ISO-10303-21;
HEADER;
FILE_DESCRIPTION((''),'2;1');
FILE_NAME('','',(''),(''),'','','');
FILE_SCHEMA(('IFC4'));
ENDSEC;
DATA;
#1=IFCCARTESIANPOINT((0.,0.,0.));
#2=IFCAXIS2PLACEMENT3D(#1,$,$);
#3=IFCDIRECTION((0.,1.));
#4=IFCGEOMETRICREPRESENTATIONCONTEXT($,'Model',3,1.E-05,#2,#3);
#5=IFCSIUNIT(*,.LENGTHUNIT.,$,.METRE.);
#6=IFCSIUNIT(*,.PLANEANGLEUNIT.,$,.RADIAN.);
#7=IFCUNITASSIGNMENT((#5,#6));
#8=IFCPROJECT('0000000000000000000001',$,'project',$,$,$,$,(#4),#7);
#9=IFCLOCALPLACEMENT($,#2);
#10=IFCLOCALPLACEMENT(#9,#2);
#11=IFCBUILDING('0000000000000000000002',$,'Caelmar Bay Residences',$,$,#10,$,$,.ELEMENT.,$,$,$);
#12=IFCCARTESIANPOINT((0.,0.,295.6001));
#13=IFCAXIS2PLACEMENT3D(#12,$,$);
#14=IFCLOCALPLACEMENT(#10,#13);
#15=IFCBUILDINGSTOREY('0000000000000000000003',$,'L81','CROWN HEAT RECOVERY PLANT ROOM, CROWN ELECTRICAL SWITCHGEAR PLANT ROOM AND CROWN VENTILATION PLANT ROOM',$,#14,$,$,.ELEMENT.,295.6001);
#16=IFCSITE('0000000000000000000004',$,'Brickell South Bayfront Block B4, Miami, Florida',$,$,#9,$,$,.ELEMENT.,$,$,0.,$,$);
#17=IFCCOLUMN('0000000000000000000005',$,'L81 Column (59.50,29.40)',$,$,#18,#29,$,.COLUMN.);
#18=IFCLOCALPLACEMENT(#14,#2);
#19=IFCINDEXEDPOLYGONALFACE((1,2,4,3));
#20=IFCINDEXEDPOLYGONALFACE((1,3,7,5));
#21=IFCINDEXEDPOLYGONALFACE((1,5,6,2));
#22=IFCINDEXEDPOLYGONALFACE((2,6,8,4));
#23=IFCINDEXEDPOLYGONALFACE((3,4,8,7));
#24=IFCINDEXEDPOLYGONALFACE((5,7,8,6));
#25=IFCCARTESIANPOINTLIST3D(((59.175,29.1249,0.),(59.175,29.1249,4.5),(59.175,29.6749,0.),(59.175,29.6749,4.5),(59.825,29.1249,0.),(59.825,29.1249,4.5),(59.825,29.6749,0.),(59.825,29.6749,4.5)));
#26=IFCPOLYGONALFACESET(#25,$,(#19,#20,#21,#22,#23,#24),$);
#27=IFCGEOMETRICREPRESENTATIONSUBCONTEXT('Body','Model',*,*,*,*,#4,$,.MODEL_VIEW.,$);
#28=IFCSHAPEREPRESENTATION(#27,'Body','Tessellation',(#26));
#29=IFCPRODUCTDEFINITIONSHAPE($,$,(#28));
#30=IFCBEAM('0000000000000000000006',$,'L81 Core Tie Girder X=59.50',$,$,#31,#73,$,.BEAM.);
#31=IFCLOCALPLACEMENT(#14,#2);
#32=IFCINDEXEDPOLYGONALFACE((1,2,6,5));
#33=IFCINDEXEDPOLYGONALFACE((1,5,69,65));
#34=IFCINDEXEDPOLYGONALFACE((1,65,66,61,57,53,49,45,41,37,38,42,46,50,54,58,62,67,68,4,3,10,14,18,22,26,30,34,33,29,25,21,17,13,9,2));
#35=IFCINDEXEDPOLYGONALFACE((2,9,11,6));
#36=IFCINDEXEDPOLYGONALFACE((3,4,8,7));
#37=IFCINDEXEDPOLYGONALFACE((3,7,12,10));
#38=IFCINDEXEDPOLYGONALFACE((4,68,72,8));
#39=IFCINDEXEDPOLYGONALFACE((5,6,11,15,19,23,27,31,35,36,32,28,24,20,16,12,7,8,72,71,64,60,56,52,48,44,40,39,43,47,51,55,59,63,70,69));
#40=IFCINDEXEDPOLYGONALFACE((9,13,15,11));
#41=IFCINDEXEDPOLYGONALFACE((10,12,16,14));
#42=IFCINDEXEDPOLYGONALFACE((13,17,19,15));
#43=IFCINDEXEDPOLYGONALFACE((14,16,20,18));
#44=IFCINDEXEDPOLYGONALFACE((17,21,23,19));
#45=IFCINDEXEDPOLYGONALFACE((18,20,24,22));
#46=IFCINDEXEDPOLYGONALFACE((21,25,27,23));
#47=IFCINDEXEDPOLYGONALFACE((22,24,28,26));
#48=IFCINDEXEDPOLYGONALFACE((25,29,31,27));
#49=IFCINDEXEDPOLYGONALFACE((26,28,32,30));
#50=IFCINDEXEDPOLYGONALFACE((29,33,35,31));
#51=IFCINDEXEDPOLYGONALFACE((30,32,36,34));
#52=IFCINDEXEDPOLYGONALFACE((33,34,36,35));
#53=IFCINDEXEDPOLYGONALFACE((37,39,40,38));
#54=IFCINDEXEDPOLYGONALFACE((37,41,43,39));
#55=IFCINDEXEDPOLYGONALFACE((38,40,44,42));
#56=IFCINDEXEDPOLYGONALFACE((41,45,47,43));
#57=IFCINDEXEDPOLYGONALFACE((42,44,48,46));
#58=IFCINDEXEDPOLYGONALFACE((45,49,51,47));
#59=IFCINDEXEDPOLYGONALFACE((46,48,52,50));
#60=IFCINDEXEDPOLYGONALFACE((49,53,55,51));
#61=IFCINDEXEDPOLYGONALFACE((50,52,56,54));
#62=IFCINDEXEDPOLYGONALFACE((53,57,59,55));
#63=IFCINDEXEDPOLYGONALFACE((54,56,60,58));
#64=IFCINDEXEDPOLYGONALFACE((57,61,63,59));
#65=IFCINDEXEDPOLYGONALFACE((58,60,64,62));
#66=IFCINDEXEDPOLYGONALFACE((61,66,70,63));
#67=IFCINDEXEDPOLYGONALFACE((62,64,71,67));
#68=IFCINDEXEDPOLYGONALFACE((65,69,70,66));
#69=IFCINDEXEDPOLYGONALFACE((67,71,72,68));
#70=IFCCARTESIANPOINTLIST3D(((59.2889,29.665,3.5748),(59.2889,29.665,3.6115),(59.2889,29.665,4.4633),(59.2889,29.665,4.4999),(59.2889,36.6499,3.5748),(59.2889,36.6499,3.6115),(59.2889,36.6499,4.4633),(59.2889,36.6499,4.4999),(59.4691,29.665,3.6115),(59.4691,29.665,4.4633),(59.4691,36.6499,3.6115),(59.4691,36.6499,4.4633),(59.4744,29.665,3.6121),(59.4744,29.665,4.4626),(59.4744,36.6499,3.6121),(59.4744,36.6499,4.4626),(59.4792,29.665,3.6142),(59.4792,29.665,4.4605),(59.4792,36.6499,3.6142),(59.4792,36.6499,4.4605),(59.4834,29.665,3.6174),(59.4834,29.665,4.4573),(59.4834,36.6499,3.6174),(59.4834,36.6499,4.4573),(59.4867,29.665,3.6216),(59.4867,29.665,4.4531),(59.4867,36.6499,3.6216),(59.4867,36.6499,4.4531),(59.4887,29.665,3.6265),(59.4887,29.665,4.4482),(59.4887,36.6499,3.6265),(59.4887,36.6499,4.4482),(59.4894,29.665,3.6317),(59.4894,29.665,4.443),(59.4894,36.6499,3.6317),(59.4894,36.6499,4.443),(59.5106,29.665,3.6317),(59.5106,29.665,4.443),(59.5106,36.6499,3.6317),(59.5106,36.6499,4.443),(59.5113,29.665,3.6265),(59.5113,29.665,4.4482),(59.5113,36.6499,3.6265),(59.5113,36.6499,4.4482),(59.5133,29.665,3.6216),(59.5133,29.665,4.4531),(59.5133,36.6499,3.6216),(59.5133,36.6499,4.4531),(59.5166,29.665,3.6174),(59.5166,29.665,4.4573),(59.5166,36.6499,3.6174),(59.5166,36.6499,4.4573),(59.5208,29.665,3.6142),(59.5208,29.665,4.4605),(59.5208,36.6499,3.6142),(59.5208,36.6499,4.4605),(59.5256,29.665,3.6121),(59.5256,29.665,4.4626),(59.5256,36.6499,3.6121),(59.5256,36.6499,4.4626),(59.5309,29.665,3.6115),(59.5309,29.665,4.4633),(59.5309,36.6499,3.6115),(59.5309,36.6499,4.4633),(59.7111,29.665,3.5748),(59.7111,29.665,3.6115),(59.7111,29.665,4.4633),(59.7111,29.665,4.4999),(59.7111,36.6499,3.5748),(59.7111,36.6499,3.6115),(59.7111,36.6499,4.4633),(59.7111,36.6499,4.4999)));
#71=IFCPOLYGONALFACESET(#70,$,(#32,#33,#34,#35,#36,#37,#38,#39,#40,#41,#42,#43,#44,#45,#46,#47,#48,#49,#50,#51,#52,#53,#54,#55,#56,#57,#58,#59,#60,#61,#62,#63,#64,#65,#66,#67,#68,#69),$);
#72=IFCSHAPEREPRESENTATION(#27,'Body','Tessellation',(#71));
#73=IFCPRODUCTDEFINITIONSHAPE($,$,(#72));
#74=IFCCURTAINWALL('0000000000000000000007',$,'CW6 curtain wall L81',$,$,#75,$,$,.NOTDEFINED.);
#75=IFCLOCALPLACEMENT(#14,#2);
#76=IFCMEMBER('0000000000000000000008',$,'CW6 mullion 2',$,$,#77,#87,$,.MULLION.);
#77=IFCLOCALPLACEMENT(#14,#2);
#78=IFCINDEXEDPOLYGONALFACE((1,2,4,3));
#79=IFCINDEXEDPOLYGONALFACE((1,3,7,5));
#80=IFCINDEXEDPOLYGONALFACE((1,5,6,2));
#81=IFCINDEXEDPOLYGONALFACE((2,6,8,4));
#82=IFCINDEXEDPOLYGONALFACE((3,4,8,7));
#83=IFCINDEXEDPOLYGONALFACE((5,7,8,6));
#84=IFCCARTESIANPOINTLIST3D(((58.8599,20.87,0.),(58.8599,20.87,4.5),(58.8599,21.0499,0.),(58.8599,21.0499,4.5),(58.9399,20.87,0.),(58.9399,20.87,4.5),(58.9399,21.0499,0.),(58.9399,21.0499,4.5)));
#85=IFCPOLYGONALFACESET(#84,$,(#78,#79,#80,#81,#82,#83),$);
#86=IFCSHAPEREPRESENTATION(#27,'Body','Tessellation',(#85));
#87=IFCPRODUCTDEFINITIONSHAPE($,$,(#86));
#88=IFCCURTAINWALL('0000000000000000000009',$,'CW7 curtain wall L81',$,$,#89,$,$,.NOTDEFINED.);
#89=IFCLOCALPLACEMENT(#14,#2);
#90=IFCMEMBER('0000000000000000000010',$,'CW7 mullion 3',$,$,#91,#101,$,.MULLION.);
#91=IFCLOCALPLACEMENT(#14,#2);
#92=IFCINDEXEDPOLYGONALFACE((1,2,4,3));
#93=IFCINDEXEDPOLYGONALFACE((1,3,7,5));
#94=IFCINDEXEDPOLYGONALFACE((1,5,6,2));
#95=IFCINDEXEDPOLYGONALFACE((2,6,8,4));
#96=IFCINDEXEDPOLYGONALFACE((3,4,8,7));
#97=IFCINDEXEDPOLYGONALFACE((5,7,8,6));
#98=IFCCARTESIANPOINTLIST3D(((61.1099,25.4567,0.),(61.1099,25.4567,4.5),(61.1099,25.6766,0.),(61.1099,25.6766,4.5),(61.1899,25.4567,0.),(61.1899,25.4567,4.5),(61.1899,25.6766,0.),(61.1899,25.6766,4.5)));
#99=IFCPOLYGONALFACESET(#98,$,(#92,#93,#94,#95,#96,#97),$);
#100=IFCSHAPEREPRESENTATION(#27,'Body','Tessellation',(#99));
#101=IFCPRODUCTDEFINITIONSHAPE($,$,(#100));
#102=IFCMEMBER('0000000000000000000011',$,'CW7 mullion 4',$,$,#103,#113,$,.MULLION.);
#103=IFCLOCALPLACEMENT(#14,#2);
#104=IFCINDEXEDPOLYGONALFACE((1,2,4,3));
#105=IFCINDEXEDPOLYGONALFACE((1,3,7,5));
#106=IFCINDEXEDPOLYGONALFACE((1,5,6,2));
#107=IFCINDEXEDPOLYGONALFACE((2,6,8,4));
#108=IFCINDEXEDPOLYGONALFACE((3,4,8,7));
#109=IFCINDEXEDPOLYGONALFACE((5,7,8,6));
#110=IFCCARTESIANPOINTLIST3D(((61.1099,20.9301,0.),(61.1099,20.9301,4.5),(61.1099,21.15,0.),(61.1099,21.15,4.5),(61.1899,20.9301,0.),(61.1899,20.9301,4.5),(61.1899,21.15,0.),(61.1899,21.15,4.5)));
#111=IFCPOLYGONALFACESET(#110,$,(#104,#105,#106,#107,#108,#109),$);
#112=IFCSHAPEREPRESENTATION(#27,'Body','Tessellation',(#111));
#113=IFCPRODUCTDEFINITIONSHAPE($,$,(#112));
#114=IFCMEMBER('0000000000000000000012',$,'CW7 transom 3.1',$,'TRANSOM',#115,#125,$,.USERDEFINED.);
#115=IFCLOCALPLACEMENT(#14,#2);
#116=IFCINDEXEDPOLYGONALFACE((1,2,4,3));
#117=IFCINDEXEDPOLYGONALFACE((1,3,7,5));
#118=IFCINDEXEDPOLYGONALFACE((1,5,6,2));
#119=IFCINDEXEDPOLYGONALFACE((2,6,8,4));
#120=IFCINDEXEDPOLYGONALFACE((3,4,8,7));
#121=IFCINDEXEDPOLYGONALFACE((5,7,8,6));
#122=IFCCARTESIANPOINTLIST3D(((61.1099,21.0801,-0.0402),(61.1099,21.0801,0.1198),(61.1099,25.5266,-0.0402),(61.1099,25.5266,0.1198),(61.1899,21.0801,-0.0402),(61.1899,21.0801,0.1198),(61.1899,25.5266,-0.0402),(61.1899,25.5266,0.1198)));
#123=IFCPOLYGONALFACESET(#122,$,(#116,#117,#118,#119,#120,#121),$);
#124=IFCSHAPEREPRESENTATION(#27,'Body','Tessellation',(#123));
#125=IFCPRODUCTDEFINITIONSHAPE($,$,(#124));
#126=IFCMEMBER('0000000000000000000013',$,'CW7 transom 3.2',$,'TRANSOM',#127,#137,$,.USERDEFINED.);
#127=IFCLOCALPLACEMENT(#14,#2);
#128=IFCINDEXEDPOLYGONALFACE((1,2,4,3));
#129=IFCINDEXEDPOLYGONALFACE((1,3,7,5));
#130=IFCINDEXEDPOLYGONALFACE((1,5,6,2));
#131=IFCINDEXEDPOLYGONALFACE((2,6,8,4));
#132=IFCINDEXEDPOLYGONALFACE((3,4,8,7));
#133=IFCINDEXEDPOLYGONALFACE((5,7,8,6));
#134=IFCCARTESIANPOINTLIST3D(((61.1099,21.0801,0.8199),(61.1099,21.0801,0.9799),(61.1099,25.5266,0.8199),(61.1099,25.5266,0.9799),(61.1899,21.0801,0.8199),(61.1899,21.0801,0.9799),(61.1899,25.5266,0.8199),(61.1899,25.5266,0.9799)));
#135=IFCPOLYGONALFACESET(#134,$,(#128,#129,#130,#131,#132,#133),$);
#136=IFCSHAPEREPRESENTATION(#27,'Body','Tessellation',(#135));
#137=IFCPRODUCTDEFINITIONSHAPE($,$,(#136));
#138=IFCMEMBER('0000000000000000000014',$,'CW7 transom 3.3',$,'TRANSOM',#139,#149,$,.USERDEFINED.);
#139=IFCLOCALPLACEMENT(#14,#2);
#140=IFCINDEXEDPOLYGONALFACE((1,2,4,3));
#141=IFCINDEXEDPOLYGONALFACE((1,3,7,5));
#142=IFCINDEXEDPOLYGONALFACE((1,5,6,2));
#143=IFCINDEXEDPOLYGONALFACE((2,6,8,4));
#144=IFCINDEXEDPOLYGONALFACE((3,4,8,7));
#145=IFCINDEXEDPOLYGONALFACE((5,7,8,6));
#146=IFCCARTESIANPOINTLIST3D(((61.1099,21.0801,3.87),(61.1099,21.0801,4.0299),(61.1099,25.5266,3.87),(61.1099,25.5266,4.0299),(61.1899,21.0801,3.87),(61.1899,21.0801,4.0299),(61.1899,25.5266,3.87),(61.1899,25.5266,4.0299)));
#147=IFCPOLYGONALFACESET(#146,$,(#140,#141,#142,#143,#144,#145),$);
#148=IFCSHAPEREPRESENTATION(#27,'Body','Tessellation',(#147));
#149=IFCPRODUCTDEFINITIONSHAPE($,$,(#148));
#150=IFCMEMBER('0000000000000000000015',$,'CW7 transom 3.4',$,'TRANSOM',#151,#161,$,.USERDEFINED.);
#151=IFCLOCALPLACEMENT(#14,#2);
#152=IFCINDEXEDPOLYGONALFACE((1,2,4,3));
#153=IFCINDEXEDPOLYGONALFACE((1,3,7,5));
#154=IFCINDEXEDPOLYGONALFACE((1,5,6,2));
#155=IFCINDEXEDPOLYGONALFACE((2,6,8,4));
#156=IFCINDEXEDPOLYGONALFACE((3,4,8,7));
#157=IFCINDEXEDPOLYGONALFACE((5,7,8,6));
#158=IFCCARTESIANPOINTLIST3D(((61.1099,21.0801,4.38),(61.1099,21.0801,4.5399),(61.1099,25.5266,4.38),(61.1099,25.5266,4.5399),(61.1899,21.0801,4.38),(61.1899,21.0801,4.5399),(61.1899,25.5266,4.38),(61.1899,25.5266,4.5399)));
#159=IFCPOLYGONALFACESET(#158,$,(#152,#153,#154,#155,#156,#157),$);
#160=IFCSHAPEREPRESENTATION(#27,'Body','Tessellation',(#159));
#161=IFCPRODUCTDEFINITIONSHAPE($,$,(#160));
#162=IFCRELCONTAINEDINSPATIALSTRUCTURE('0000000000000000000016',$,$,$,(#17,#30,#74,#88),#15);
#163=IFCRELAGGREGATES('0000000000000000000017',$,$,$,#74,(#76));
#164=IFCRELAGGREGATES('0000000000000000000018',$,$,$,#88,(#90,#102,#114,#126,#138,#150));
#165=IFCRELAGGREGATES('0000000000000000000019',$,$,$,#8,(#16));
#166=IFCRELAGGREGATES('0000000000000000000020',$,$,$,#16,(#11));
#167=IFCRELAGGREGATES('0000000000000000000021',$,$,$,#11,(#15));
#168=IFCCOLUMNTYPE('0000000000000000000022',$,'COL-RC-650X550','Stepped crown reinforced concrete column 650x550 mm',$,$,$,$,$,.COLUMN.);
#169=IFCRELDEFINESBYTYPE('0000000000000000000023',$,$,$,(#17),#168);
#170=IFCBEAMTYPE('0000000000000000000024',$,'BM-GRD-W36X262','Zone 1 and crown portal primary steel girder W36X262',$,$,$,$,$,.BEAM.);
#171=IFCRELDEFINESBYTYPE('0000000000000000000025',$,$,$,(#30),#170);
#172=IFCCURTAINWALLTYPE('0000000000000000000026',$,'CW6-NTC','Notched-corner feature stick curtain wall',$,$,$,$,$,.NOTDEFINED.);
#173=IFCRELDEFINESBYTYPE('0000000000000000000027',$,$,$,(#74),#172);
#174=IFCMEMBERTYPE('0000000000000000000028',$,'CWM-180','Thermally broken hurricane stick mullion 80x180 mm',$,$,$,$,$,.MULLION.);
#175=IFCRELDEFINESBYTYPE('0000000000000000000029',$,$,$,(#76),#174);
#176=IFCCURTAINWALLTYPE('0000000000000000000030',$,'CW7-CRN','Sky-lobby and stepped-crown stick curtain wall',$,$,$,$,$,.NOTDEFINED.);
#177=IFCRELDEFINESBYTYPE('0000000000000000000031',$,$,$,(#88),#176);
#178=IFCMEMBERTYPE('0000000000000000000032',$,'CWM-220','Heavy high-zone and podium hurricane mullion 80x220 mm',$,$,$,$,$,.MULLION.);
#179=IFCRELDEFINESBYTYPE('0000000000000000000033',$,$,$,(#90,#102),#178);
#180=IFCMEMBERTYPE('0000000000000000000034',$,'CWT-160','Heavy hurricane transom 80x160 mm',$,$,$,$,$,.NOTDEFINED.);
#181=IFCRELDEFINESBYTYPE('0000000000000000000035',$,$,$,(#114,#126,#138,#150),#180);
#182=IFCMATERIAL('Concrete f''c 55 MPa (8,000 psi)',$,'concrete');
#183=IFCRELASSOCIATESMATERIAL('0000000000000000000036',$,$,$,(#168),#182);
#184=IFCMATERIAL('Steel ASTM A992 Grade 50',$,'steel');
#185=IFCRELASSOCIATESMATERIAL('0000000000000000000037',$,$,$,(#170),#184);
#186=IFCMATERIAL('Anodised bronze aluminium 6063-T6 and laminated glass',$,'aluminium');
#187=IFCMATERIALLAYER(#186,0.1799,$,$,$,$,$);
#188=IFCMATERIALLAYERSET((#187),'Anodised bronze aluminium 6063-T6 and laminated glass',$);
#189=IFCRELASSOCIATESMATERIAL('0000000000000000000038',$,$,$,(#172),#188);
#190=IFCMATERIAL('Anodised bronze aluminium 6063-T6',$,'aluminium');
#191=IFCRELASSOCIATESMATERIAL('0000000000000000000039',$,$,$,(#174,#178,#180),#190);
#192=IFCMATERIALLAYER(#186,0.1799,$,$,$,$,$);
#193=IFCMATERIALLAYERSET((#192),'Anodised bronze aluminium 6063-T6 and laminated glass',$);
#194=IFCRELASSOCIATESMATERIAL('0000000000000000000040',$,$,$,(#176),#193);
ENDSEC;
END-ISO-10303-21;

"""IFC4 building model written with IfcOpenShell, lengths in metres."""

from ifc_helpers import new_model, si_unit, direction, frame, origin, origin_2d, place, context, subcontext, project, spatial, rectangle, i_section, extrude, material, layer, layer_set, material_profile, profile_set, type_object, element, aggregate, save


model = new_model("IFC4")

# Units and contexts
model_context = context("Model", 3, precision=1e-05, world=origin(), true_north=direction((0.0, 1.0)))
body_context = subcontext(model_context, "Body", "Model", "MODEL_VIEW")
ifc_project = project(units=[si_unit("LENGTHUNIT", "METRE"), si_unit("PLANEANGLEUNIT", "RADIAN")], contexts=[model_context])

# Site, building, storey
site_placement = place(None, origin())
site = spatial("IfcSite", under=ifc_project, at=site_placement, Name="Brickell South Bayfront Block B4, Miami, Florida", CompositionType="ELEMENT", RefElevation=0.0)
building_placement = place(site_placement, origin())
building = spatial("IfcBuilding", under=site, at=building_placement, Name="Caelmar Bay Residences", CompositionType="ELEMENT")
storey_placement = place(building_placement, frame((0.0, 0.0, 295.6001)))
storey = spatial("IfcBuildingStorey", under=building, at=storey_placement, Name="L81", Description="CROWN HEAT RECOVERY PLANT ROOM, CROWN ELECTRICAL SWITCHGEAR PLANT ROOM AND CROWN VENTILATION PLANT ROOM", CompositionType="ELEMENT", Elevation=295.6001)

# Column
ifc_material_1 = material(Name="Concrete f'c 55 MPa (8,000 psi)", Category="concrete")
ifc_material_profile_1 = material_profile(ifc_material_1, rectangle(XDim=0.6499, YDim=0.55, at=origin_2d()), Name="RC-COL-650X550")
ifc_profile_set_1 = profile_set([ifc_material_profile_1], Name="Concrete f'c 55 MPa (8,000 psi)")
column_type = type_object("IfcColumnType", Name="COL-RC-650X550", Description="Stepped crown reinforced concrete column 650x550 mm", PredefinedType="COLUMN", material=ifc_profile_set_1)
column_placement = place(storey_placement, frame((59.5, 29.3999, 0.0), z_axis=(0.0, 0.0, 1.0), x_axis=(1.0, 0.0, 0.0)))
element("IfcColumn", 1, at=column_placement, inside=storey, type_object=column_type, Name="L81 Column (59.50,29.40)", PredefinedType="COLUMN", context=body_context, shape_type="SweptSolid", body=[
    extrude(rectangle(XDim=0.6499, YDim=0.55, at=origin_2d()), origin(), (0.0, 0.0, 1.0), 4.5),
])

# Beam
ifc_material_2 = material(Name="Steel ASTM A992 Grade 50", Category="steel")
ifc_material_profile_2 = material_profile(ifc_material_2, i_section(OverallWidth=0.4221, OverallDepth=0.925, WebThickness=0.0212, FlangeThickness=0.0366, FilletRadius=0.0203, at=origin_2d()), Name="W36X262")
ifc_profile_set_2 = profile_set([ifc_material_profile_2], Name="Steel ASTM A992 Grade 50")
beam_type = type_object("IfcBeamType", Name="BM-GRD-W36X262", Description="Zone 1 and crown portal primary steel girder W36X262", PredefinedType="BEAM", material=ifc_profile_set_2)
beam_placement = place(storey_placement, frame((59.5, 29.665, 4.0374), z_axis=(0.0, 1.0, 0.0), x_axis=(-1.0, 0.0, 0.0)))
element("IfcBeam", 2, at=beam_placement, inside=storey, type_object=beam_type, Name="L81 Core Tie Girder X=59.50", PredefinedType="BEAM", context=body_context, shape_type="SweptSolid", body=[
    extrude(i_section(OverallWidth=0.4221, OverallDepth=0.925, WebThickness=0.0212, FlangeThickness=0.0366, FilletRadius=0.0203, at=origin_2d()), origin(), (0.0, 0.0, 1.0), 6.9849),
])

# Curtain wall, member
ifc_material_3 = material(Name="Anodised bronze aluminium 6063-T6 and laminated glass", Category="aluminium")
ifc_layer_1 = layer(ifc_material_3, 0.1799)
ifc_layer_set_1 = layer_set([ifc_layer_1], Name="Anodised bronze aluminium 6063-T6 and laminated glass")
curtain_wall_type_1 = type_object("IfcCurtainWallType", Name="CW6-NTC", Description="Notched-corner feature stick curtain wall", PredefinedType="NOTDEFINED", material=ifc_layer_set_1)
curtain_wall_1_placement = place(storey_placement, origin())
curtain_wall_1 = element("IfcCurtainWall", 3, at=curtain_wall_1_placement, inside=storey, type_object=curtain_wall_type_1, Name="CW6 curtain wall L81", PredefinedType="NOTDEFINED")
ifc_material_4 = material(Name="Anodised bronze aluminium 6063-T6", Category="aluminium")
ifc_material_profile_3 = material_profile(ifc_material_4, rectangle(XDim=0.0801, YDim=0.1799, at=origin_2d()), Name="CWM-80X180")
ifc_profile_set_3 = profile_set([ifc_material_profile_3], Name="Anodised bronze aluminium 6063-T6")
member_type_1 = type_object("IfcMemberType", Name="CWM-180", Description="Thermally broken hurricane stick mullion 80x180 mm", PredefinedType="MULLION", material=ifc_profile_set_3)
member_1_placement = place(storey_placement, frame((58.8999, 20.96, 0.0), z_axis=(0.0, 0.0, 1.0), x_axis=(-1.0, 0.0, 0.0)))
member_1 = element("IfcMember", 4, at=member_1_placement, type_object=member_type_1, Name="CW6 mullion 2", PredefinedType="MULLION", context=body_context, shape_type="SweptSolid", body=[
    extrude(rectangle(XDim=0.0801, YDim=0.1799, at=origin_2d()), origin(), (0.0, 0.0, 1.0), 4.5),
])

# Curtain wall, members
ifc_layer_2 = layer(ifc_material_3, 0.1799)
ifc_layer_set_2 = layer_set([ifc_layer_2], Name="Anodised bronze aluminium 6063-T6 and laminated glass")
curtain_wall_type_2 = type_object("IfcCurtainWallType", Name="CW7-CRN", Description="Sky-lobby and stepped-crown stick curtain wall", PredefinedType="NOTDEFINED", material=ifc_layer_set_2)
curtain_wall_2_placement = place(storey_placement, origin())
curtain_wall_2 = element("IfcCurtainWall", 5, at=curtain_wall_2_placement, inside=storey, type_object=curtain_wall_type_2, Name="CW7 curtain wall L81", PredefinedType="NOTDEFINED")
ifc_material_profile_4 = material_profile(ifc_material_4, rectangle(XDim=0.0801, YDim=0.22, at=origin_2d()), Name="CWM-80X220")
ifc_profile_set_4 = profile_set([ifc_material_profile_4], Name="Anodised bronze aluminium 6063-T6")
member_type_2 = type_object("IfcMemberType", Name="CWM-220", Description="Heavy high-zone and podium hurricane mullion 80x220 mm", PredefinedType="MULLION", material=ifc_profile_set_4)
member_2_placement = place(storey_placement, frame((61.1499, 25.5667, 0.0), z_axis=(0.0, 0.0, 1.0), x_axis=(1.0, 0.0, 0.0)))
member_2 = element("IfcMember", 6, at=member_2_placement, type_object=member_type_2, Name="CW7 mullion 3", PredefinedType="MULLION", context=body_context, shape_type="SweptSolid", body=[
    extrude(rectangle(XDim=0.0801, YDim=0.22, at=origin_2d()), origin(), (0.0, 0.0, 1.0), 4.5),
])
member_3_placement = place(storey_placement, frame((61.1499, 21.04, 0.0), z_axis=(0.0, 0.0, 1.0), x_axis=(1.0, 0.0, 0.0)))
member_3 = element("IfcMember", 7, at=member_3_placement, type_object=member_type_2, Name="CW7 mullion 4", PredefinedType="MULLION", context=body_context, shape_type="SweptSolid", body=[
    extrude(rectangle(XDim=0.0801, YDim=0.22, at=origin_2d()), origin(), (0.0, 0.0, 1.0), 4.5),
])
ifc_material_profile_5 = material_profile(ifc_material_4, rectangle(XDim=0.0801, YDim=0.1599, at=origin_2d()), Name="CWT-80X160")
ifc_profile_set_5 = profile_set([ifc_material_profile_5], Name="Anodised bronze aluminium 6063-T6")
member_type_3 = type_object("IfcMemberType", Name="CWT-160", Description="Heavy hurricane transom 80x160 mm", PredefinedType="NOTDEFINED", material=ifc_profile_set_5)
member_4_placement = place(storey_placement, frame((61.1499, 25.5266, 0.0398), z_axis=(0.0, -1.0, 0.0), x_axis=(1.0, 0.0, 0.0)))
member_4 = element("IfcMember", 8, at=member_4_placement, type_object=member_type_3, Name="CW7 transom 3.1", ObjectType="TRANSOM", PredefinedType="USERDEFINED", context=body_context, shape_type="SweptSolid", body=[
    extrude(rectangle(XDim=0.0801, YDim=0.1599, at=origin_2d()), origin(), (0.0, 0.0, 1.0), 4.4465),
])
member_5_placement = place(storey_placement, frame((61.1499, 25.5266, 0.8999), z_axis=(0.0, -1.0, 0.0), x_axis=(1.0, 0.0, 0.0)))
member_5 = element("IfcMember", 9, at=member_5_placement, type_object=member_type_3, Name="CW7 transom 3.2", ObjectType="TRANSOM", PredefinedType="USERDEFINED", context=body_context, shape_type="SweptSolid", body=[
    extrude(rectangle(XDim=0.0801, YDim=0.1599, at=origin_2d()), origin(), (0.0, 0.0, 1.0), 4.4465),
])
member_6_placement = place(storey_placement, frame((61.1499, 25.5266, 3.95), z_axis=(0.0, -1.0, 0.0), x_axis=(1.0, 0.0, 0.0)))
member_6 = element("IfcMember", 10, at=member_6_placement, type_object=member_type_3, Name="CW7 transom 3.3", ObjectType="TRANSOM", PredefinedType="USERDEFINED", context=body_context, shape_type="SweptSolid", body=[
    extrude(rectangle(XDim=0.0801, YDim=0.1599, at=origin_2d()), origin(), (0.0, 0.0, 1.0), 4.4465),
])
member_7_placement = place(storey_placement, frame((61.1499, 25.5266, 4.46), z_axis=(0.0, -1.0, 0.0), x_axis=(1.0, 0.0, 0.0)))
member_7 = element("IfcMember", 11, at=member_7_placement, type_object=member_type_3, Name="CW7 transom 3.4", ObjectType="TRANSOM", PredefinedType="USERDEFINED", context=body_context, shape_type="SweptSolid", body=[
    extrude(rectangle(XDim=0.0801, YDim=0.1599, at=origin_2d()), origin(), (0.0, 0.0, 1.0), 4.4465),
])

aggregate(curtain_wall_1, [member_1])
aggregate(curtain_wall_2, [member_2, member_3, member_4, member_5, member_6, member_7])

save(model, "model.ifc")
